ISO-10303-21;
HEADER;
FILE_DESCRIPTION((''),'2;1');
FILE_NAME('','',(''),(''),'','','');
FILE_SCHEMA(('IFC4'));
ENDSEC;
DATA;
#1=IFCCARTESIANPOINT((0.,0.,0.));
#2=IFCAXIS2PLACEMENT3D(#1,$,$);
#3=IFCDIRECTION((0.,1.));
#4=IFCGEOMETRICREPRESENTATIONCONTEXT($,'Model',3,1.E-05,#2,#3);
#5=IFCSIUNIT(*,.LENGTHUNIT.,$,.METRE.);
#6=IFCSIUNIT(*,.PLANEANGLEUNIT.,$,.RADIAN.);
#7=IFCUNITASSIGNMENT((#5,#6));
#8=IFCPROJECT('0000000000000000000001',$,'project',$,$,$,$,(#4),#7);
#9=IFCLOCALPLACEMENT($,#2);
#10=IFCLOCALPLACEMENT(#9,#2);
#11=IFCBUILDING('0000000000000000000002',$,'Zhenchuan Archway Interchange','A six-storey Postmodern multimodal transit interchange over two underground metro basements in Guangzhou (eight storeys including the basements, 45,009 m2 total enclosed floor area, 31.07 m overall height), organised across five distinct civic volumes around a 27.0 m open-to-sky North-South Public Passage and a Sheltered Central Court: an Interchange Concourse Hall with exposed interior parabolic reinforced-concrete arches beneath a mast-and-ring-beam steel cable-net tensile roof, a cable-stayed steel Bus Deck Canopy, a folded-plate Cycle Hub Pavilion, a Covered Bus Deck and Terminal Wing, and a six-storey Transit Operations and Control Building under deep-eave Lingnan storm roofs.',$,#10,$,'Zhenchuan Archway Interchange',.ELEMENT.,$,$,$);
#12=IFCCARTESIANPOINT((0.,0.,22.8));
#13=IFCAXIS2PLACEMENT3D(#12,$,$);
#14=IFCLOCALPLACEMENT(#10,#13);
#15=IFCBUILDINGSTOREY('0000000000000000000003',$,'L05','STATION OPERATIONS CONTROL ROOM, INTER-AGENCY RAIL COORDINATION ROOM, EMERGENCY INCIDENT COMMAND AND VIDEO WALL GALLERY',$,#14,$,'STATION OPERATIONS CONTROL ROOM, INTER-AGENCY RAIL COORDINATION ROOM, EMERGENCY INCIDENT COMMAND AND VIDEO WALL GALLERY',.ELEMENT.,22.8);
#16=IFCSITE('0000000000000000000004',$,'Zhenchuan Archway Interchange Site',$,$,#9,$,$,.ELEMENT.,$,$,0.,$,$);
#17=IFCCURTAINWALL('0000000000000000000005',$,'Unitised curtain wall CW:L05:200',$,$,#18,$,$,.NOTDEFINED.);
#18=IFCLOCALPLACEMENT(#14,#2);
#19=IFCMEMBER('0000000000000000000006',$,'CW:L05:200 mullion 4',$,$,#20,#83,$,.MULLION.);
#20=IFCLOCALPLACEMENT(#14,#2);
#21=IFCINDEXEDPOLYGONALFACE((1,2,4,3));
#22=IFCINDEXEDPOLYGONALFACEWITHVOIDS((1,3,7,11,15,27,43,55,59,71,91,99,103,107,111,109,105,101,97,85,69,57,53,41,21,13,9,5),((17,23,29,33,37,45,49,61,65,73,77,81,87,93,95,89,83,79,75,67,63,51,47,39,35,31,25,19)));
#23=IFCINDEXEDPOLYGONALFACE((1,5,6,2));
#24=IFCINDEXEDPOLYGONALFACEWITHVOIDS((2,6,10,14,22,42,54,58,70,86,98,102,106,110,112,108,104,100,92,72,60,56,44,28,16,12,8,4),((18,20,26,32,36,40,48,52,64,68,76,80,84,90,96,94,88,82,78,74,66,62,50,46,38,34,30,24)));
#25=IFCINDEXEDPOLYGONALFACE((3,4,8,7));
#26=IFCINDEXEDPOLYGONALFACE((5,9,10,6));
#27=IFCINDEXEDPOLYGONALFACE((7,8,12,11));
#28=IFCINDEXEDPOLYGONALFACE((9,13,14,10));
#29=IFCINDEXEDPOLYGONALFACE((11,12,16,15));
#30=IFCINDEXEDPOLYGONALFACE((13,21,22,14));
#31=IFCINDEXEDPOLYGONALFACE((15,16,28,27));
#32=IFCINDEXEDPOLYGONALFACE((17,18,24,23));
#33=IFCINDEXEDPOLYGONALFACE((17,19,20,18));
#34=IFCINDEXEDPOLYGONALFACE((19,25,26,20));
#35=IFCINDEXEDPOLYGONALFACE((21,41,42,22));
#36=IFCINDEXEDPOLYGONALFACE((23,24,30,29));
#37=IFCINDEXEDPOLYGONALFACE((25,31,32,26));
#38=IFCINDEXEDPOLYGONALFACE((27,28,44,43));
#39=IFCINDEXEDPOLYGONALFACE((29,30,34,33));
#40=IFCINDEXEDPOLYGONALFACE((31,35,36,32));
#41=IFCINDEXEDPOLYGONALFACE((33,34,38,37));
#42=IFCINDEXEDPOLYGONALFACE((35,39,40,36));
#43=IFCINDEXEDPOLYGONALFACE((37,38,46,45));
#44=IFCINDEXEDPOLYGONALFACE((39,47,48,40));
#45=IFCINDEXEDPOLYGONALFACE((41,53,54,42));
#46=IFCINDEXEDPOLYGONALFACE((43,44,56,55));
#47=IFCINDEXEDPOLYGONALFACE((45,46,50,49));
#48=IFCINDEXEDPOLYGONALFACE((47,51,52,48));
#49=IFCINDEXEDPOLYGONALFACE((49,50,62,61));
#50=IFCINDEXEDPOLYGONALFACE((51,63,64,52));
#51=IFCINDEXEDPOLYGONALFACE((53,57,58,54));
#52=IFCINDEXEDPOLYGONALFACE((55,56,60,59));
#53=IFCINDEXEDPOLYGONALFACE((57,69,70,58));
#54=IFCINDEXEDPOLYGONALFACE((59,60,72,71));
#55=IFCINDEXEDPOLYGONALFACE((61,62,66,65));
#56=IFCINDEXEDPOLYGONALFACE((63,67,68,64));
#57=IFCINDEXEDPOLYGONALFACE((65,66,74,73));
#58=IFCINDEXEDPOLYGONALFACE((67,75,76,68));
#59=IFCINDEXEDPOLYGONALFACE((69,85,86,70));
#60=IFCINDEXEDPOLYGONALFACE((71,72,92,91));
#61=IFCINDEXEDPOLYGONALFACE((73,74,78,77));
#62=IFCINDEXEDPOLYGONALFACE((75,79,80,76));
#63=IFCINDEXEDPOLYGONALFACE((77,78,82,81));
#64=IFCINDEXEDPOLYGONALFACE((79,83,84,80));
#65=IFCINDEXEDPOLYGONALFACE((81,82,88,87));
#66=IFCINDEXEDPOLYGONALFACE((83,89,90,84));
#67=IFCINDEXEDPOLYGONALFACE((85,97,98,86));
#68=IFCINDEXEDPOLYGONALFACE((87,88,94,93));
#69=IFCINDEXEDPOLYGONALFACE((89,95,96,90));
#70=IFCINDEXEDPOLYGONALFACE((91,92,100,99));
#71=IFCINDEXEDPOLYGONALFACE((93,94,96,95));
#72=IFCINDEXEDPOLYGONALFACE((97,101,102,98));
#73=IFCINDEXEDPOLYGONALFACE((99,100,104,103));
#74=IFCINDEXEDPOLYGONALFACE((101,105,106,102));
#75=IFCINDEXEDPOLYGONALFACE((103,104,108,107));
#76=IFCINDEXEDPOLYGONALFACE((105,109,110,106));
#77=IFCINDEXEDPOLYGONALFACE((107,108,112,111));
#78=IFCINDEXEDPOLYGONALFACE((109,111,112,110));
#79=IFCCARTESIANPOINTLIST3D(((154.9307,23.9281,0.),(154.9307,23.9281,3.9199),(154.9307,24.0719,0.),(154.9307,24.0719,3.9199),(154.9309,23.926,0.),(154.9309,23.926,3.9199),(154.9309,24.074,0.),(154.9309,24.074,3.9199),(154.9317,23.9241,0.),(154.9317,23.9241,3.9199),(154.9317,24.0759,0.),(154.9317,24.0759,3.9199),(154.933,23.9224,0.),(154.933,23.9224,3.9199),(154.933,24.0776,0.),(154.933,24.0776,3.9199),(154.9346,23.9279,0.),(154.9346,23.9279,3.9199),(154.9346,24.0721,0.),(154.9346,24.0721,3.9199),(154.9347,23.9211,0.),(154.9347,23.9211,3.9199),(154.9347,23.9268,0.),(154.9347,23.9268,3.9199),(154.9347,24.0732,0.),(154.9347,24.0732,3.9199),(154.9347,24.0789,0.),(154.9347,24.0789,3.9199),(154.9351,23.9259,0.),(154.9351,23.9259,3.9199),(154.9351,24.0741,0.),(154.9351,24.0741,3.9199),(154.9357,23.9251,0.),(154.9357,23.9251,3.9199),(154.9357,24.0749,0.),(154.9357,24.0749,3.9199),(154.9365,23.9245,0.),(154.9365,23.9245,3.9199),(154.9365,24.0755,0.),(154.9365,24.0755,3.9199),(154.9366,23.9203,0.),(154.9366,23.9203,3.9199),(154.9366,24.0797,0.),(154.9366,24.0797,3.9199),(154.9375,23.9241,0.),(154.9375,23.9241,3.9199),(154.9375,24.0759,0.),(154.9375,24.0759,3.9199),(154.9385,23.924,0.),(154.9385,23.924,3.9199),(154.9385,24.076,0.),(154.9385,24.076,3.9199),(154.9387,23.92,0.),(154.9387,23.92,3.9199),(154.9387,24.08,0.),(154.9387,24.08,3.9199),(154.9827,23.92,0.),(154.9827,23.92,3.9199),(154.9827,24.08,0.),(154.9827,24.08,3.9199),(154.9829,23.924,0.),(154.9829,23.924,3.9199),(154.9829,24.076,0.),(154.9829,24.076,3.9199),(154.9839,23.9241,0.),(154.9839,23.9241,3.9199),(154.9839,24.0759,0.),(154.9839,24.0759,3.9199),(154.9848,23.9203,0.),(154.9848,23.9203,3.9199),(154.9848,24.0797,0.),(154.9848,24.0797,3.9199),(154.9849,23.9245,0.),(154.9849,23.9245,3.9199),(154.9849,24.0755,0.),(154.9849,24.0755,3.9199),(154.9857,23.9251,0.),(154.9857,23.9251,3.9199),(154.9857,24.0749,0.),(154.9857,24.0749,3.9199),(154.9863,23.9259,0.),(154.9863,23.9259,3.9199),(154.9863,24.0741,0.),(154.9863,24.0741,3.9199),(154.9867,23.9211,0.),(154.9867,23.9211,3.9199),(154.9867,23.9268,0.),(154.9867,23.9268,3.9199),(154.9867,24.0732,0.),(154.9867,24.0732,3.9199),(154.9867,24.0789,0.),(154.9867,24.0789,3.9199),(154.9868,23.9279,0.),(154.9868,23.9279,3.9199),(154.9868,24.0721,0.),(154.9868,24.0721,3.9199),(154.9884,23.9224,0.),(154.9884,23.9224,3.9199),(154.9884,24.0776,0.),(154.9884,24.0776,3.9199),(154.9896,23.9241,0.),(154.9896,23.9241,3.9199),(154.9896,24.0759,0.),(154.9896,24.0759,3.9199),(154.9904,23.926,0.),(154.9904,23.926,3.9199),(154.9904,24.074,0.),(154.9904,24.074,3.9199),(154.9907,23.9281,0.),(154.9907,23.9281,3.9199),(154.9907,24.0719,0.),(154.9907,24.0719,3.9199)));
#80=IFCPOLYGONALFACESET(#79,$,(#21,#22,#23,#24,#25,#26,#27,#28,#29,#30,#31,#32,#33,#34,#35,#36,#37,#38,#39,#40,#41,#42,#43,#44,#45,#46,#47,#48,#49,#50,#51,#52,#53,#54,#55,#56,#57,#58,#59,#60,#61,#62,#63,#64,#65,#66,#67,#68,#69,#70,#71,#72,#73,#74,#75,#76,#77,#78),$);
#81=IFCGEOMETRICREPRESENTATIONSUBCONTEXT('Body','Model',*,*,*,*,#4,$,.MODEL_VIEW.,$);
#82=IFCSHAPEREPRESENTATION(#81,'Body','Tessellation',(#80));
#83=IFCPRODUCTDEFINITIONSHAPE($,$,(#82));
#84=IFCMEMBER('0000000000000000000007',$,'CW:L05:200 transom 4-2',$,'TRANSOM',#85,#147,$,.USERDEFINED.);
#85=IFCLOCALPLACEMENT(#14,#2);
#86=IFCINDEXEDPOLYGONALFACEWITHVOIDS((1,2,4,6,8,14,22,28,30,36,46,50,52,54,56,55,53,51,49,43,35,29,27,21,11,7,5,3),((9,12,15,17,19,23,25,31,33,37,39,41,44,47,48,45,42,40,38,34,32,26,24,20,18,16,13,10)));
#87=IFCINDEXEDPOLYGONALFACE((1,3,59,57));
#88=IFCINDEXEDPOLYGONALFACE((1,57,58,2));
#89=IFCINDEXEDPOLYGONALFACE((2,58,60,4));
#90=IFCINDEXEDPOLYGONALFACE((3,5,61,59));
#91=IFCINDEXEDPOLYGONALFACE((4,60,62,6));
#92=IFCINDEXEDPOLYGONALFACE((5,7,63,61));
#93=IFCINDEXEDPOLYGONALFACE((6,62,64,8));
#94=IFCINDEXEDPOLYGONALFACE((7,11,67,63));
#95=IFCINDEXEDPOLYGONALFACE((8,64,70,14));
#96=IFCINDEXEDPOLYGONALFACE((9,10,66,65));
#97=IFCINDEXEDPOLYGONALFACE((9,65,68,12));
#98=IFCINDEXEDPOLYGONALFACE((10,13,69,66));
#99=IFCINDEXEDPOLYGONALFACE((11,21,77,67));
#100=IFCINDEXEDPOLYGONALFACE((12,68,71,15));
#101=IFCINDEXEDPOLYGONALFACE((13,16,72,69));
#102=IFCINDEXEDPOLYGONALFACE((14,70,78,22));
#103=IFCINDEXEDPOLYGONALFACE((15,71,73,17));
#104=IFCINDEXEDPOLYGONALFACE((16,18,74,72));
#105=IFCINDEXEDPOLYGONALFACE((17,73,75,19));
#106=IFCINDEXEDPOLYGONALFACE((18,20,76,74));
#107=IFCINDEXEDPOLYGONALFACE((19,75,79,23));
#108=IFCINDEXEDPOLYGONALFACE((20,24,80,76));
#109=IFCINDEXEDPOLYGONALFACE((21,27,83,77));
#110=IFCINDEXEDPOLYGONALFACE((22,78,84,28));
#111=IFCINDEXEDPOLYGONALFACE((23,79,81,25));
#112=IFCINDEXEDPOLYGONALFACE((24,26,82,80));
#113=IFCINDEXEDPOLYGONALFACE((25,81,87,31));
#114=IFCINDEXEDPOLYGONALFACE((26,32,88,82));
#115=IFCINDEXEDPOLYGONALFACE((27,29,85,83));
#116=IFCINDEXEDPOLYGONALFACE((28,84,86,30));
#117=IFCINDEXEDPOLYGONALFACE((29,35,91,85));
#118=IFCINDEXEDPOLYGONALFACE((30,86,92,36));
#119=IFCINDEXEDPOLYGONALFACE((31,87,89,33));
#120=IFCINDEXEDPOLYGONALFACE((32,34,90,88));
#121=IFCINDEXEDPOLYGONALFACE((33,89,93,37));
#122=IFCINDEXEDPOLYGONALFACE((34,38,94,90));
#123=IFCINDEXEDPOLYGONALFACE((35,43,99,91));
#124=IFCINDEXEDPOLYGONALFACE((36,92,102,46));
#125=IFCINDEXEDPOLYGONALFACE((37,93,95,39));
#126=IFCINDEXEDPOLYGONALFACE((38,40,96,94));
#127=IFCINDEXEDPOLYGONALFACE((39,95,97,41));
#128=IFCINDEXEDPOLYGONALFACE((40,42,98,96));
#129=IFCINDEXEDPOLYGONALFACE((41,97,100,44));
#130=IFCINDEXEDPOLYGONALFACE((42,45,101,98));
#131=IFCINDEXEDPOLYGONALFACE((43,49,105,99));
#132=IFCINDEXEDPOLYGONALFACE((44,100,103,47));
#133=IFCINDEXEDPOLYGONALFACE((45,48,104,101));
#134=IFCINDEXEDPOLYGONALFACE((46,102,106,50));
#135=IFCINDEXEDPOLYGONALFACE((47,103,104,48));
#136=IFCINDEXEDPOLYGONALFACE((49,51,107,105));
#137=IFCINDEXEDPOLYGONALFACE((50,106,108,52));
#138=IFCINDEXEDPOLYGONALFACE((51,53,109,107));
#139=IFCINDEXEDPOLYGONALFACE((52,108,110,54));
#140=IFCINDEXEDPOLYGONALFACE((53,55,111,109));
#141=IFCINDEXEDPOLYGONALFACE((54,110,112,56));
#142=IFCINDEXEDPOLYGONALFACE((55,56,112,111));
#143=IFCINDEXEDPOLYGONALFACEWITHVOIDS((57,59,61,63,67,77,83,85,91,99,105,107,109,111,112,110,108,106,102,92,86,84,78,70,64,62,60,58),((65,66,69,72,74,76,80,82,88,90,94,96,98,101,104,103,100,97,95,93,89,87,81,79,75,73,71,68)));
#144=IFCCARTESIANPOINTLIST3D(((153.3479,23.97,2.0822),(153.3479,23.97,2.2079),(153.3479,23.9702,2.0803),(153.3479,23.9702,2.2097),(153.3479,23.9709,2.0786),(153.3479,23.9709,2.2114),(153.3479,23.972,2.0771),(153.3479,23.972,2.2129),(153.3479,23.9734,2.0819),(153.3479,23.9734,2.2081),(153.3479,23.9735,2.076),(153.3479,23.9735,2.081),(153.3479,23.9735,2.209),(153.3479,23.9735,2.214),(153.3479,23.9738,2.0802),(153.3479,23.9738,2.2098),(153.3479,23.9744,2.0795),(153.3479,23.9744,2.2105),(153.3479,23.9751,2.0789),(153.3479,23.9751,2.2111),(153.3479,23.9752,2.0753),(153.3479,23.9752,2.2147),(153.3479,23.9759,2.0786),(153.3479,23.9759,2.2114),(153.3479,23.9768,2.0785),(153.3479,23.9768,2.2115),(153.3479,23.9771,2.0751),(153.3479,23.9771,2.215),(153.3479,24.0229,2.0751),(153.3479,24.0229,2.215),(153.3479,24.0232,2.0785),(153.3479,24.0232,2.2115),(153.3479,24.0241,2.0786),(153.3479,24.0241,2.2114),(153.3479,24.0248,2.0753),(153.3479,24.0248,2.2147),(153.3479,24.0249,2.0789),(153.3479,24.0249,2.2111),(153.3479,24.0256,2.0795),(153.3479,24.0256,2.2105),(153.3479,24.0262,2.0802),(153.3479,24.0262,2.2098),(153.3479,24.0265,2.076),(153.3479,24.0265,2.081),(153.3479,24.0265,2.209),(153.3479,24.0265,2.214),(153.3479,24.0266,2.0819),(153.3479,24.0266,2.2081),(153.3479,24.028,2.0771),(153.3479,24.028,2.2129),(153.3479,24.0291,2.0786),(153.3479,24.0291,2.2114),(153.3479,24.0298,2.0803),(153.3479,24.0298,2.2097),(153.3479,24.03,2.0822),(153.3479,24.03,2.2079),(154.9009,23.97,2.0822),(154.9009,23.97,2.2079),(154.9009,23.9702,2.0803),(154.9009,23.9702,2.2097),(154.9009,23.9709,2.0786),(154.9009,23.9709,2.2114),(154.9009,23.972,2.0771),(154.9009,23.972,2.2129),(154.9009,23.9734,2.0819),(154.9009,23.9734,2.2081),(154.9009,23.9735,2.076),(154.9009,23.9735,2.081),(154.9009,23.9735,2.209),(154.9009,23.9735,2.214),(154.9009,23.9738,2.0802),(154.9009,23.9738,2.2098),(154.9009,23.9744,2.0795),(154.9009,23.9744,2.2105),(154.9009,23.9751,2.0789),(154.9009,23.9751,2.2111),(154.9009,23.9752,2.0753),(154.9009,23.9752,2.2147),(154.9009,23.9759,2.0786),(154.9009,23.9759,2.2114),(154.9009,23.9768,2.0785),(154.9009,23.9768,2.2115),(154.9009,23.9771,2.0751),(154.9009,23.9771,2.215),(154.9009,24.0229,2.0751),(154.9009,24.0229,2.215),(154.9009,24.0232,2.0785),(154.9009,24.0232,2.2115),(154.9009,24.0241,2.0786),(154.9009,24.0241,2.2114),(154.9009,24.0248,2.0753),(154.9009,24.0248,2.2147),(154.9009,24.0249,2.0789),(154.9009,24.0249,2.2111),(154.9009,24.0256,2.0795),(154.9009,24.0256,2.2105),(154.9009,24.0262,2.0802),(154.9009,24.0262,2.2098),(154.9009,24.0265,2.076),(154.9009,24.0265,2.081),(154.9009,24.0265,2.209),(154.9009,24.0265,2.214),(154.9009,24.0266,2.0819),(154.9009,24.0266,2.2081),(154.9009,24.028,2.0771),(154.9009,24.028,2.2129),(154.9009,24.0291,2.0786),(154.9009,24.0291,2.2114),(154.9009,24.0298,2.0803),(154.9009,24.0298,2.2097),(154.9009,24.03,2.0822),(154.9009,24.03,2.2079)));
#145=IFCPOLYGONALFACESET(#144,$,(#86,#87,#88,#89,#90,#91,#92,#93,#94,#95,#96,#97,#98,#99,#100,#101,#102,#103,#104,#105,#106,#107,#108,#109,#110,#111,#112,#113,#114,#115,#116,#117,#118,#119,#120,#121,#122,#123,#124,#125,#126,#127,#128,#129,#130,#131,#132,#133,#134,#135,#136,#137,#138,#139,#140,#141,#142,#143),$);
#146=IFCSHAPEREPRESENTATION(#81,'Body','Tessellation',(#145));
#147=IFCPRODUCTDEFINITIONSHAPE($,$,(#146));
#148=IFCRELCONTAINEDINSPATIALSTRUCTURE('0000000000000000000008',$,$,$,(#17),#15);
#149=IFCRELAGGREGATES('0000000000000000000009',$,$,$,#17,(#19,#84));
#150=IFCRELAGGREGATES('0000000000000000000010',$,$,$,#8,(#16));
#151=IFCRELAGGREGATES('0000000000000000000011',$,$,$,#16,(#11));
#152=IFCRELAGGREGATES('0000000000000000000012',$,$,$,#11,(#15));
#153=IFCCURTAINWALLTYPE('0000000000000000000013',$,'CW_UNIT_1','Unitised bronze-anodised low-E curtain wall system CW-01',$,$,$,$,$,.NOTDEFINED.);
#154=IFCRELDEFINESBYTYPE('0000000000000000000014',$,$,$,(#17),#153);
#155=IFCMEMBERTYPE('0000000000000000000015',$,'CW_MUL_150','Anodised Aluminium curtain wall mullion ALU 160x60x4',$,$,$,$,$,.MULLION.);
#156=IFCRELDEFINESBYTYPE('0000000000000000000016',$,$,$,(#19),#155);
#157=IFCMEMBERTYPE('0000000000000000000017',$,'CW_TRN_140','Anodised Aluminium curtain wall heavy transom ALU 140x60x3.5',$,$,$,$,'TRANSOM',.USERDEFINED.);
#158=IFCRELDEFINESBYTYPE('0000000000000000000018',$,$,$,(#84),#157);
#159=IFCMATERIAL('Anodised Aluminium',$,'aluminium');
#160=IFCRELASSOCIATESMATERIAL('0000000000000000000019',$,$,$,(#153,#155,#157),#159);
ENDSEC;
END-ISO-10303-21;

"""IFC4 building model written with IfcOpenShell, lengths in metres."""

from ifc_helpers import new_model, si_unit, direction, frame, origin, origin_2d, place, context, subcontext, project, spatial, hollow_rectangle, extrude, material, material_profile, profile_set, type_object, element, aggregate, save


model = new_model("IFC4")

# Units and contexts
model_context = context("Model", 3, precision=1e-05, world=origin(), true_north=direction((0.0, 1.0)))
body_context = subcontext(model_context, "Body", "Model", "MODEL_VIEW")
ifc_project = project(units=[si_unit("LENGTHUNIT", "METRE"), si_unit("PLANEANGLEUNIT", "RADIAN")], contexts=[model_context])

# Site, building, storey
site_placement = place(None, origin())
site = spatial("IfcSite", under=ifc_project, at=site_placement, Name="Zhenchuan Archway Interchange Site", CompositionType="ELEMENT", RefElevation=0.0)
building_placement = place(site_placement, origin())
building = spatial("IfcBuilding", under=site, at=building_placement, Name="Zhenchuan Archway Interchange", Description="A six-storey Postmodern multimodal transit interchange over two underground metro basements in Guangzhou (eight storeys including the basements, 45,009 m2 total enclosed floor area, 31.07 m overall height), organised across five distinct civic volumes around a 27.0 m open-to-sky North-South Public Passage and a Sheltered Central Court: an Interchange Concourse Hall with exposed interior parabolic reinforced-concrete arches beneath a mast-and-ring-beam steel cable-net tensile roof, a cable-stayed steel Bus Deck Canopy, a folded-plate Cycle Hub Pavilion, a Covered Bus Deck and Terminal Wing, and a six-storey Transit Operations and Control Building under deep-eave Lingnan storm roofs.", LongName="Zhenchuan Archway Interchange", CompositionType="ELEMENT")
storey_placement = place(building_placement, frame((0.0, 0.0, 22.8)))
storey = spatial("IfcBuildingStorey", under=building, at=storey_placement, Name="L05", Description="STATION OPERATIONS CONTROL ROOM, INTER-AGENCY RAIL COORDINATION ROOM, EMERGENCY INCIDENT COMMAND AND VIDEO WALL GALLERY", LongName="STATION OPERATIONS CONTROL ROOM, INTER-AGENCY RAIL COORDINATION ROOM, EMERGENCY INCIDENT COMMAND AND VIDEO WALL GALLERY", CompositionType="ELEMENT", Elevation=22.8)

# Curtain wall, members
ifc_material_1 = material(Name="Anodised Aluminium", Category="aluminium")
curtain_wall_type = type_object("IfcCurtainWallType", Name="CW_UNIT_1", Description="Unitised bronze-anodised low-E curtain wall system CW-01", PredefinedType="NOTDEFINED", material=ifc_material_1)
curtain_wall_placement = place(storey_placement, origin())
curtain_wall = element("IfcCurtainWall", 1, at=curtain_wall_placement, inside=storey, type_object=curtain_wall_type, Name="Unitised curtain wall CW:L05:200", PredefinedType="NOTDEFINED")
ifc_material_profile_1 = material_profile(ifc_material_1, hollow_rectangle(XDim=0.0601, YDim=0.1599, WallThickness=0.0039, InnerFilletRadius=0.0039, OuterFilletRadius=0.0081, at=origin_2d()), Name="ALU 160x60x4")
ifc_profile_set_1 = profile_set([ifc_material_profile_1], Name="Anodised Aluminium")
member_type_1 = type_object("IfcMemberType", Name="CW_MUL_150", Description="Anodised Aluminium curtain wall mullion ALU 160x60x4", PredefinedType="MULLION", material=ifc_profile_set_1)
member_1_placement = place(storey_placement, frame((154.9607, 24.0, 0.0), z_axis=(0.0, 0.0, 1.0), x_axis=(1.0, 0.0, 0.0)))
member_1 = element("IfcMember", 2, at=member_1_placement, type_object=member_type_1, Name="CW:L05:200 mullion 4", PredefinedType="MULLION", context=body_context, shape_type="SweptSolid", body=[
    extrude(hollow_rectangle(XDim=0.0601, YDim=0.1599, WallThickness=0.0039, InnerFilletRadius=0.0039, OuterFilletRadius=0.0081, at=origin_2d()), origin(), (0.0, 0.0, 1.0), 3.9199),
])
ifc_material_profile_2 = material_profile(ifc_material_1, hollow_rectangle(XDim=0.0601, YDim=0.1399, WallThickness=0.0034, InnerFilletRadius=0.0034, OuterFilletRadius=0.0071, at=origin_2d()), Name="ALU 140x60x3.5")
ifc_profile_set_2 = profile_set([ifc_material_profile_2], Name="Anodised Aluminium")
member_type_2 = type_object("IfcMemberType", Name="CW_TRN_140", Description="Anodised Aluminium curtain wall heavy transom ALU 140x60x3.5", ElementType="TRANSOM", PredefinedType="USERDEFINED", material=ifc_profile_set_2)
member_2_placement = place(storey_placement, frame((154.9009, 24.0, 2.145), z_axis=(-1.0, 0.0, 0.0), x_axis=(0.0, -1.0, 0.0)))
member_2 = element("IfcMember", 3, at=member_2_placement, type_object=member_type_2, Name="CW:L05:200 transom 4-2", ObjectType="TRANSOM", PredefinedType="USERDEFINED", context=body_context, shape_type="SweptSolid", body=[
    extrude(hollow_rectangle(XDim=0.0601, YDim=0.1399, WallThickness=0.0034, InnerFilletRadius=0.0034, OuterFilletRadius=0.0071, at=origin_2d()), origin(), (0.0, 0.0, 1.0), 1.553),
])

aggregate(curtain_wall, [member_1, member_2])

save(model, "model.ifc")
